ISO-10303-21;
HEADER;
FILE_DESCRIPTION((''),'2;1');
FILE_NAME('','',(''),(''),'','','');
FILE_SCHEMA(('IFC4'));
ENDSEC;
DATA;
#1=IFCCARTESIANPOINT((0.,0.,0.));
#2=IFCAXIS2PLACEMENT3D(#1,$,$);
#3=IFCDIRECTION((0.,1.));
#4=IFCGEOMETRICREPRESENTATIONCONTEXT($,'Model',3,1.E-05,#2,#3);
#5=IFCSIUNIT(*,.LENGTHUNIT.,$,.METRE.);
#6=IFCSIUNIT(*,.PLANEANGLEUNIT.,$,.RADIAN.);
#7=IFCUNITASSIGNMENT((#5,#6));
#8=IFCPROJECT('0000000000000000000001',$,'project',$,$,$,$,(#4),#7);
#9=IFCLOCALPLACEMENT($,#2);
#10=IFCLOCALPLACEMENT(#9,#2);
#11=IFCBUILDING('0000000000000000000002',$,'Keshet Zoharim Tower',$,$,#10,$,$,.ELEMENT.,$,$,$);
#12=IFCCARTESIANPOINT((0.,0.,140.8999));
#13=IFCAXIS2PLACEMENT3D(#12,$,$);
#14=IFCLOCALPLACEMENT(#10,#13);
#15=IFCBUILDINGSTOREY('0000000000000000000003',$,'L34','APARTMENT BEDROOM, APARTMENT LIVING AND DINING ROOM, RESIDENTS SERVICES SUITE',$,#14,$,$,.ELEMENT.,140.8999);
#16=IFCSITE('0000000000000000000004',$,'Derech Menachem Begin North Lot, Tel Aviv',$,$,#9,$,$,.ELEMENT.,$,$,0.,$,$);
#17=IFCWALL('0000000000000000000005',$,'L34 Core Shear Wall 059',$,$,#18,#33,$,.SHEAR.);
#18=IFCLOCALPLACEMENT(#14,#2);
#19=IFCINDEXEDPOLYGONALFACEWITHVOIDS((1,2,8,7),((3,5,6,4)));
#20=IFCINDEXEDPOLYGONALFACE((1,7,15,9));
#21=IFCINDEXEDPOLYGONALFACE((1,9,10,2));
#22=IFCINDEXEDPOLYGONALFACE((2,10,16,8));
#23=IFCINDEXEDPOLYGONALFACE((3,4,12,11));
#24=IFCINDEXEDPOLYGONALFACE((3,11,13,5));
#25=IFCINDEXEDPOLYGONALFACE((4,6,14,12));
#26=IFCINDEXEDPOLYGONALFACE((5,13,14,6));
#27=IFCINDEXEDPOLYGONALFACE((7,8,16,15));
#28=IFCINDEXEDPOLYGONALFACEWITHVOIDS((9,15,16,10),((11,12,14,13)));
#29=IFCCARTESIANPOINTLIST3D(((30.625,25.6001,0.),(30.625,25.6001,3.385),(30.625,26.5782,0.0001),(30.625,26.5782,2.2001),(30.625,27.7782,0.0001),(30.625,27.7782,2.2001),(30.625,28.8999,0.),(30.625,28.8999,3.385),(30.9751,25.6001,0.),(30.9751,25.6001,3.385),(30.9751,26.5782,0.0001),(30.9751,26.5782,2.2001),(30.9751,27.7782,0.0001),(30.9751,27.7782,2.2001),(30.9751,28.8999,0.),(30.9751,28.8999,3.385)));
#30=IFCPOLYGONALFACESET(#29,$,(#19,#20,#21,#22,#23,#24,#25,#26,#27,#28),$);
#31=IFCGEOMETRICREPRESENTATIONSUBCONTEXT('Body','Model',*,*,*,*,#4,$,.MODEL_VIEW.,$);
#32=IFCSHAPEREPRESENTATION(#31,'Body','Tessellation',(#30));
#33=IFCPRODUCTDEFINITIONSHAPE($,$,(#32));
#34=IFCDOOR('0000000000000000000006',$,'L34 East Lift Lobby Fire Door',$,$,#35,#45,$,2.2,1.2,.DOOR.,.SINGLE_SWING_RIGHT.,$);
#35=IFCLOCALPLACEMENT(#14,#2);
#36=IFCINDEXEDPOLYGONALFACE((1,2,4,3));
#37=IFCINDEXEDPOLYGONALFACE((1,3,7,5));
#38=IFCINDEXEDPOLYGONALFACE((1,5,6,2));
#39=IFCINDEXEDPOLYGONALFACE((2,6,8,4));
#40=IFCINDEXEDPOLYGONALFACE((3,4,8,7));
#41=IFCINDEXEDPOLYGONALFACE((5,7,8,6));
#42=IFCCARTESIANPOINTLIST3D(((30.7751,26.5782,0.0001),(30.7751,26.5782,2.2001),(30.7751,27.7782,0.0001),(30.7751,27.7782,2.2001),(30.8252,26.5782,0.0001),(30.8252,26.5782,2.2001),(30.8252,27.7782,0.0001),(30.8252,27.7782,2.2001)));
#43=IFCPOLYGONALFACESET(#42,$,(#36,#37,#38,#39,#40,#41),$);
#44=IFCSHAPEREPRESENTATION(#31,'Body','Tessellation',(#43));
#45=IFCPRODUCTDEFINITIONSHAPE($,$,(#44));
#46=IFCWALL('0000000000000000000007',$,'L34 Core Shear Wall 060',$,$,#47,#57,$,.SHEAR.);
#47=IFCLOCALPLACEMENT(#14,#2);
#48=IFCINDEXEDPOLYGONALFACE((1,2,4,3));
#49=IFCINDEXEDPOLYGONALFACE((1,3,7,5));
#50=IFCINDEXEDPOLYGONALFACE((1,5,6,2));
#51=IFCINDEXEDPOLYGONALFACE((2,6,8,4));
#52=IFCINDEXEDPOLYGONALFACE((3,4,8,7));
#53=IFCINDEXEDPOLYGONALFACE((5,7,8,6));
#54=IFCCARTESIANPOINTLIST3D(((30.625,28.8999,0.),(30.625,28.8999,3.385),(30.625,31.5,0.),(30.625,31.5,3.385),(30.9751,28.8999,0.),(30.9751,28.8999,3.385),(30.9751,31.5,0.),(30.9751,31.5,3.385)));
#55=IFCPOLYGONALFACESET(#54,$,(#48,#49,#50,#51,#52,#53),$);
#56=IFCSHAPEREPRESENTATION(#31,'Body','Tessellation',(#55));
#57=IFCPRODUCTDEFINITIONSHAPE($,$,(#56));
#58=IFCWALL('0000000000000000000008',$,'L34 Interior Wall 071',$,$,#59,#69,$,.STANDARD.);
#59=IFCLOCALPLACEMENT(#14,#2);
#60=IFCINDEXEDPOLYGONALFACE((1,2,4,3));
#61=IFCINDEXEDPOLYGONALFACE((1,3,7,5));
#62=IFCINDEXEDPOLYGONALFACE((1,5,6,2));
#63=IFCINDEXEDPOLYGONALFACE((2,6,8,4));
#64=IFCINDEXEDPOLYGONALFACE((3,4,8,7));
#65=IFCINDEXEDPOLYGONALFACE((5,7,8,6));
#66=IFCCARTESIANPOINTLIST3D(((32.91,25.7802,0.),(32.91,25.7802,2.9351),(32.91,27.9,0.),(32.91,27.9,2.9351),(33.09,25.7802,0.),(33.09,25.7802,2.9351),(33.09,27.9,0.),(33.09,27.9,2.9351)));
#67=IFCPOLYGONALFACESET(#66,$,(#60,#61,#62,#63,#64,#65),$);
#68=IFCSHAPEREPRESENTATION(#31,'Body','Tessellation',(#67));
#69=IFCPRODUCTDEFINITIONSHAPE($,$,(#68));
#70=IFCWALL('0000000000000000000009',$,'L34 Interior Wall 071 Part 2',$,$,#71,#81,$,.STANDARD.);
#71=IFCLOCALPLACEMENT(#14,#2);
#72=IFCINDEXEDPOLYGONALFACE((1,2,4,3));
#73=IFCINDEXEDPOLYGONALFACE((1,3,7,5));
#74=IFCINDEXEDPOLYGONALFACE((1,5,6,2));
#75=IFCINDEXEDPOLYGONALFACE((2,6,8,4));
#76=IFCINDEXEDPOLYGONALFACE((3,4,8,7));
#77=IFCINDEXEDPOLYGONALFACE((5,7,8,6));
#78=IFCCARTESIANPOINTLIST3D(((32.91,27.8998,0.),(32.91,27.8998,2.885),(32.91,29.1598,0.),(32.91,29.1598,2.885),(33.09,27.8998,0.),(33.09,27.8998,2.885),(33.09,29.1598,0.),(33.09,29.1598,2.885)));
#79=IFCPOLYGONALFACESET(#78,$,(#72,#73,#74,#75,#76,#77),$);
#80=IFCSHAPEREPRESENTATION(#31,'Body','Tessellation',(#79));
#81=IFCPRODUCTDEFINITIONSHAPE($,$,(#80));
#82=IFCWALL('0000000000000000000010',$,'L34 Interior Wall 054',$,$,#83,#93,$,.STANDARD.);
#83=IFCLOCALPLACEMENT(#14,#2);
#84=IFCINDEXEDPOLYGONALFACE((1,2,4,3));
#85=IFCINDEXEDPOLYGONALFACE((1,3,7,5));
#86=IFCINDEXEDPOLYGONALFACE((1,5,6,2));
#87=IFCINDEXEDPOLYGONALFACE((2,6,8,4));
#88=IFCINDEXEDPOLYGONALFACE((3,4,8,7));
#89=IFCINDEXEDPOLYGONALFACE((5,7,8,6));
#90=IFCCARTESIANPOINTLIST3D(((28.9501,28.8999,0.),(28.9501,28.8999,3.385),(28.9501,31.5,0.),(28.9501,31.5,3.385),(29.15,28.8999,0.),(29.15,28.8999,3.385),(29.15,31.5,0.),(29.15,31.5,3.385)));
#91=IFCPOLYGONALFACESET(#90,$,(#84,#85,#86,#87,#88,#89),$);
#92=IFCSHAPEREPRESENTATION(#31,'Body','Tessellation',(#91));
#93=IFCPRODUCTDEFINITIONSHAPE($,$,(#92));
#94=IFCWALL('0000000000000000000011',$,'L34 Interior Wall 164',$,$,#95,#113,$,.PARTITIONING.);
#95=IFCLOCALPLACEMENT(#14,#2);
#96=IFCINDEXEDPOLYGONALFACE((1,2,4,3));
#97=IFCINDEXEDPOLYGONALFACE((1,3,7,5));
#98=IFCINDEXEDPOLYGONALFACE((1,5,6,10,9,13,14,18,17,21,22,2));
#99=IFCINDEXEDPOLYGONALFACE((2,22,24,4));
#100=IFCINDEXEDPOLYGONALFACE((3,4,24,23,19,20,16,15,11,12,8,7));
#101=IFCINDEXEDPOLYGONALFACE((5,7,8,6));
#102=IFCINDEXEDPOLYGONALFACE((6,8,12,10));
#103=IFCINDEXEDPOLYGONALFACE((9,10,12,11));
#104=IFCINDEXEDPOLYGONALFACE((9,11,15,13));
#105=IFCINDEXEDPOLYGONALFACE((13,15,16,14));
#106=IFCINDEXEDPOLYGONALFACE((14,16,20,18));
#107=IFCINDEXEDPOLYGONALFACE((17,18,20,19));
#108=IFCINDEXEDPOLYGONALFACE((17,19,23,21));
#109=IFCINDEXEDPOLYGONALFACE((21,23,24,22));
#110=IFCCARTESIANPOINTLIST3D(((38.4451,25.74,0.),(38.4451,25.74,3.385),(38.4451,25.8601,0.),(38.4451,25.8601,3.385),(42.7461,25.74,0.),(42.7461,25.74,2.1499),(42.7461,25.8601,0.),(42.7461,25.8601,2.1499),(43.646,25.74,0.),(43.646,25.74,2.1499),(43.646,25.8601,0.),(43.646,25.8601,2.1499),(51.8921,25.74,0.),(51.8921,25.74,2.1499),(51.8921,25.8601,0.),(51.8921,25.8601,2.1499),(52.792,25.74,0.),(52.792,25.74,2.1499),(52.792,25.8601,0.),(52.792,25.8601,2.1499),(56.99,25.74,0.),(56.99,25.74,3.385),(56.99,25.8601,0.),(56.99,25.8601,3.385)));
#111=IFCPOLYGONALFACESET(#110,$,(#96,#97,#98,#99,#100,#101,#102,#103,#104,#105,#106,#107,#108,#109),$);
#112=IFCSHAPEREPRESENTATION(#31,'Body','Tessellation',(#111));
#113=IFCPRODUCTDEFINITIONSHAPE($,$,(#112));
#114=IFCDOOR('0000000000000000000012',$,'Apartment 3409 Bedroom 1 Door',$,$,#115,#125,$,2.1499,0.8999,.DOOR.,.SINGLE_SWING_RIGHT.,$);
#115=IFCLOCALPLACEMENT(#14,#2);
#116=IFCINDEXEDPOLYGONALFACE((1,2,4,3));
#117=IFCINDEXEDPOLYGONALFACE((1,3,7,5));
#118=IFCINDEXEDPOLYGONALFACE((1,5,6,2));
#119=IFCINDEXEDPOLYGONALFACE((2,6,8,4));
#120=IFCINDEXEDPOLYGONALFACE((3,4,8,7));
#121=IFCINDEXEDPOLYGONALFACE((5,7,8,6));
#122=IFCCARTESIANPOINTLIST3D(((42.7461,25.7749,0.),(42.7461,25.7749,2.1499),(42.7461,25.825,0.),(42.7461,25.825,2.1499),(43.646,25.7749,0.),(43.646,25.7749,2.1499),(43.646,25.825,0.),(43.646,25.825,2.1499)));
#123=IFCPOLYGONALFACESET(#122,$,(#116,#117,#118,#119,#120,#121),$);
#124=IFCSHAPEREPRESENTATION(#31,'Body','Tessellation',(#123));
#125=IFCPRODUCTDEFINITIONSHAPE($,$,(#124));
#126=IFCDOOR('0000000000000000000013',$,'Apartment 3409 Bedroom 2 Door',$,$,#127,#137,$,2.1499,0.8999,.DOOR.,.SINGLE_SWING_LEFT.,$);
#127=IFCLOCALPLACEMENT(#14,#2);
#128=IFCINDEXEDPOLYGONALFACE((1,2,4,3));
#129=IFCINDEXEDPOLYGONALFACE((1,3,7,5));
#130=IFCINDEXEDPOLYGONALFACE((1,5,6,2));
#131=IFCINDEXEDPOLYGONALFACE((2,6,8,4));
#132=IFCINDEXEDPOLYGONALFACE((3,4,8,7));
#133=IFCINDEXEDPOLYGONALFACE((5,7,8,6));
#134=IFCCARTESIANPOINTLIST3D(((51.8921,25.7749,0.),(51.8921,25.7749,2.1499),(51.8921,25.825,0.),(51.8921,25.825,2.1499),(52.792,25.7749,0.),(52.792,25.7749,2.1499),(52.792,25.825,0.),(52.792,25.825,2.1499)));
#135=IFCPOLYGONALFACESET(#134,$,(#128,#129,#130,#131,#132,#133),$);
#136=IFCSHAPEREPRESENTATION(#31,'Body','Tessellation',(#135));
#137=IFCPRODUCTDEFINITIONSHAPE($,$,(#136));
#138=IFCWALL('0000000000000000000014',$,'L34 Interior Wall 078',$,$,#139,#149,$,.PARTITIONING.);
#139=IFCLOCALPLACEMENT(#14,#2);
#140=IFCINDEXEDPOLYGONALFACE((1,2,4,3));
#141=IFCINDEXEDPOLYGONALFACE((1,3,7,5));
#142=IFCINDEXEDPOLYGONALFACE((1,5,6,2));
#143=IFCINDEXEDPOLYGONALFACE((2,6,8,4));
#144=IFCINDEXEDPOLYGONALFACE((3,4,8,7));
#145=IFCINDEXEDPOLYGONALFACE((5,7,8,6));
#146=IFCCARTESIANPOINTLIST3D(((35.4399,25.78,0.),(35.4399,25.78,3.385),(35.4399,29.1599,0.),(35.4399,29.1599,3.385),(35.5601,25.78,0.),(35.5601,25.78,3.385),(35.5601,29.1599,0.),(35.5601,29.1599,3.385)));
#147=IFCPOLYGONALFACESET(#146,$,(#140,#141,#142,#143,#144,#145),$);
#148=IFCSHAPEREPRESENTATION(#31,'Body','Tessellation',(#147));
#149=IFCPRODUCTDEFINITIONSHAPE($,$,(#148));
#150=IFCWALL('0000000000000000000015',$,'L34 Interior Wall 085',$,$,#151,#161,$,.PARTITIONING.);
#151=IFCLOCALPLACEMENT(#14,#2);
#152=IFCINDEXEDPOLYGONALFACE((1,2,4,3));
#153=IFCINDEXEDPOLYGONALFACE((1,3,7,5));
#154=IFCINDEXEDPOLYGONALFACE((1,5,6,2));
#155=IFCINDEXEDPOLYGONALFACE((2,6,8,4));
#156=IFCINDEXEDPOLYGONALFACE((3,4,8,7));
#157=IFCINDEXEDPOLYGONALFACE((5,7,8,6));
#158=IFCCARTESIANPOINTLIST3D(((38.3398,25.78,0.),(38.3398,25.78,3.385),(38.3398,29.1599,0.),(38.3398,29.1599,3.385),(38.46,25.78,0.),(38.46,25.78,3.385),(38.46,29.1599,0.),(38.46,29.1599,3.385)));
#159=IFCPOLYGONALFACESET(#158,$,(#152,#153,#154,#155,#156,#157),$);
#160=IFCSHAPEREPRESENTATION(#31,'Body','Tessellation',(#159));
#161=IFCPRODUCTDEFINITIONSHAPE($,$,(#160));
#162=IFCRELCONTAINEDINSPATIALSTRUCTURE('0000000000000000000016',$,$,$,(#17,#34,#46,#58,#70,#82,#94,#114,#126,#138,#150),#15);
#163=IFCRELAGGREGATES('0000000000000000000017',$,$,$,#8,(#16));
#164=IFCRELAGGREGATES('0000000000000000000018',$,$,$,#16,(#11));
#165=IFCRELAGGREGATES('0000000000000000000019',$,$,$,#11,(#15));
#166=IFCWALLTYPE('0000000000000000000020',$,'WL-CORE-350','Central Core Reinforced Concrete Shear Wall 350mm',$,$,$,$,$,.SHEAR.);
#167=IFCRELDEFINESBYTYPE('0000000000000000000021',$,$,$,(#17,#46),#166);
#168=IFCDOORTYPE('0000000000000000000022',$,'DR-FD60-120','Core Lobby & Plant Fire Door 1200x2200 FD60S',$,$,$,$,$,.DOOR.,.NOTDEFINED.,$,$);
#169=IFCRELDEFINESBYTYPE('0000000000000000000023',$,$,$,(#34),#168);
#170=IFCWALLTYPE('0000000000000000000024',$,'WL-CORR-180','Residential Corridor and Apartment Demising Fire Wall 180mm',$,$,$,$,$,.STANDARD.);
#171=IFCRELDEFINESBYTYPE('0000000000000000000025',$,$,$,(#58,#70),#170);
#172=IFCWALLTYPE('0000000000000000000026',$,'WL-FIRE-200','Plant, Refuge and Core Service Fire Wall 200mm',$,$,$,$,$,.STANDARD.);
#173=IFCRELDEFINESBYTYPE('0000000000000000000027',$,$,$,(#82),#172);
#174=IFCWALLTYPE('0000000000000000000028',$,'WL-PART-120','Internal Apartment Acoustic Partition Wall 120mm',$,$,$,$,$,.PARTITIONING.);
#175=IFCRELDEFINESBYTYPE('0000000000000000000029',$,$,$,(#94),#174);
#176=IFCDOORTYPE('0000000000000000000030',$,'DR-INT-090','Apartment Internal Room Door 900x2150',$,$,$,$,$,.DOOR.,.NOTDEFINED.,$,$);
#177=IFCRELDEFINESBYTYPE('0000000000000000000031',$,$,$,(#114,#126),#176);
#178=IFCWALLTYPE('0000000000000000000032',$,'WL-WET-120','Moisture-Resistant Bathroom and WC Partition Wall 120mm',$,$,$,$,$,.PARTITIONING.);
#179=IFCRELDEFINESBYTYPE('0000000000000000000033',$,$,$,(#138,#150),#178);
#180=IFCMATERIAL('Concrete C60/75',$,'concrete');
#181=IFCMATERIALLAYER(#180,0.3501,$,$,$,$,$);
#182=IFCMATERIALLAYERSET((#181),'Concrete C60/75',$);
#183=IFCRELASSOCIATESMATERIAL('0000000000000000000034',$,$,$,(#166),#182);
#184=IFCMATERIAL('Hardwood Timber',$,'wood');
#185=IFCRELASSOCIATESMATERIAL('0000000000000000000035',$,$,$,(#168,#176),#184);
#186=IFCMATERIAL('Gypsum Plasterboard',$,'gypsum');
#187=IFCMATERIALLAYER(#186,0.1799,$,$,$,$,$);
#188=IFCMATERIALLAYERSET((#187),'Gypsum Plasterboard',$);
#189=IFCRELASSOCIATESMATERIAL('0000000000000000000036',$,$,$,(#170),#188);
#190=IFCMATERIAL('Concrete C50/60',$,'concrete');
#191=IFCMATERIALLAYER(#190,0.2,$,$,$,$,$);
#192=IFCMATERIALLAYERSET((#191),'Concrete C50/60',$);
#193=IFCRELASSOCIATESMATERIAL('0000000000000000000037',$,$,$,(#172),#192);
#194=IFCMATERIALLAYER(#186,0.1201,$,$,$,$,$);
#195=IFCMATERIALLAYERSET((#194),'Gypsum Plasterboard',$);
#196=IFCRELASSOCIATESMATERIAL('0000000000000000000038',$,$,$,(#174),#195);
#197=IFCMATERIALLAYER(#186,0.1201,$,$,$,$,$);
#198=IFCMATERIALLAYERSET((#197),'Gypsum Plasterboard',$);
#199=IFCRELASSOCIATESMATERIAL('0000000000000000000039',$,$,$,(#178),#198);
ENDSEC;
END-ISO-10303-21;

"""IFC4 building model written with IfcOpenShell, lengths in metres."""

from ifc_helpers import new_model, si_unit, direction, frame, frame_2d, origin, place, context, subcontext, project, spatial, rectangle, extrude, material, layer, layer_set, type_object, element, fill, save


model = new_model("IFC4")

# Units and contexts
model_context = context("Model", 3, precision=1e-05, world=origin(), true_north=direction((0.0, 1.0)))
body_context = subcontext(model_context, "Body", "Model", "MODEL_VIEW")
ifc_project = project(units=[si_unit("LENGTHUNIT", "METRE"), si_unit("PLANEANGLEUNIT", "RADIAN")], contexts=[model_context])

# Site, building, storey
site_placement = place(None, origin())
site = spatial("IfcSite", under=ifc_project, at=site_placement, Name="Derech Menachem Begin North Lot, Tel Aviv", CompositionType="ELEMENT", RefElevation=0.0)
building_placement = place(site_placement, origin())
building = spatial("IfcBuilding", under=site, at=building_placement, Name="Keshet Zoharim Tower", CompositionType="ELEMENT")
storey_placement = place(building_placement, frame((0.0, 0.0, 140.8999)))
storey = spatial("IfcBuildingStorey", under=building, at=storey_placement, Name="L34", Description="APARTMENT BEDROOM, APARTMENT LIVING AND DINING ROOM, RESIDENTS SERVICES SUITE", CompositionType="ELEMENT", Elevation=140.8999)

# Shared definitions
ifc_material_1 = material(Name="Concrete C60/75", Category="concrete")

# Wall, opening, door
ifc_layer_1 = layer(ifc_material_1, 0.3501)
ifc_layer_set_1 = layer_set([ifc_layer_1], Name="Concrete C60/75")
wall_type_1 = type_object("IfcWallType", Name="WL-CORE-350", Description="Central Core Reinforced Concrete Shear Wall 350mm", PredefinedType="SHEAR", material=ifc_layer_set_1)
wall_1_placement = place(storey_placement, frame((30.8, 25.6001, 0.0), z_axis=(0.0, 0.0, 1.0), x_axis=(0.0, 1.0, 0.0)))
wall_1 = element("IfcWall", 1, at=wall_1_placement, inside=storey, type_object=wall_type_1, Name="L34 Core Shear Wall 059", PredefinedType="SHEAR", context=body_context, shape_type="SweptSolid", body=[
    extrude(rectangle(XDim=3.2998, YDim=0.3501, at=frame_2d((1.6499, 0.0))), origin(), (0.0, 0.0, 1.0), 3.385),
])
opening_1_placement = place(wall_1_placement, frame((0.978, 0.0, 0.0)))
opening_1 = element("IfcOpeningElement", 2, at=opening_1_placement, cuts=wall_1, PredefinedType="OPENING", context=body_context, shape_type="SweptSolid", body=[
    extrude(rectangle(XDim=1.2, YDim=2.2, at=frame_2d((0.6001, 1.1001))), frame((0.0, 0.1851, 0.0), z_axis=(0.0, -1.0, 0.0), x_axis=(1.0, 0.0, 0.0)), (0.0, 0.0, 1.0), 0.3701),
])
ifc_material_2 = material(Name="Hardwood Timber", Category="wood")
door_type_1 = type_object("IfcDoorType", Name="DR-FD60-120", Description="Core Lobby & Plant Fire Door 1200x2200 FD60S", OperationType="NOTDEFINED", PredefinedType="DOOR", material=ifc_material_2)
door_1_placement = place(opening_1_placement, origin())
door_1 = element("IfcDoor", 3, at=door_1_placement, inside=storey, type_object=door_type_1, Name="L34 East Lift Lobby Fire Door", OperationType="SINGLE_SWING_RIGHT", OverallHeight=2.2, OverallWidth=1.2, PredefinedType="DOOR", context=body_context, shape_type="SweptSolid", body=[
    extrude(rectangle(XDim=1.2, YDim=2.2, at=frame_2d((0.6001, 1.1001))), frame((0.0, 0.0249, 0.0), z_axis=(0.0, -1.0, 0.0), x_axis=(1.0, 0.0, 0.0)), (0.0, 0.0, 1.0), 0.05),
])
fill(opening_1, door_1)

# Wall
wall_2_placement = place(storey_placement, frame((30.8, 28.8999, 0.0), z_axis=(0.0, 0.0, 1.0), x_axis=(0.0, 1.0, 0.0)))
element("IfcWall", 4, at=wall_2_placement, inside=storey, type_object=wall_type_1, Name="L34 Core Shear Wall 060", PredefinedType="SHEAR", context=body_context, shape_type="SweptSolid", body=[
    extrude(rectangle(XDim=2.6001, YDim=0.3501, at=frame_2d((1.3, 0.0))), origin(), (0.0, 0.0, 1.0), 3.385),
])

# Shared definitions
ifc_material_3 = material(Name="Gypsum Plasterboard", Category="gypsum")
ifc_layer_2 = layer(ifc_material_3, 0.1799)
ifc_layer_set_2 = layer_set([ifc_layer_2], Name="Gypsum Plasterboard")
wall_type_2 = type_object("IfcWallType", Name="WL-CORR-180", Description="Residential Corridor and Apartment Demising Fire Wall 180mm", PredefinedType="STANDARD", material=ifc_layer_set_2)

# Walls
wall_3_placement = place(storey_placement, frame((33.0, 25.78, 0.0), z_axis=(0.0, 0.0, 1.0), x_axis=(0.0, 1.0, 0.0)))
element("IfcWall", 5, at=wall_3_placement, inside=storey, type_object=wall_type_2, Name="L34 Interior Wall 071", PredefinedType="STANDARD", context=body_context, shape_type="SweptSolid", body=[
    extrude(rectangle(XDim=2.1199, YDim=0.1799, at=frame_2d((1.0601, 0.0))), origin(), (0.0, 0.0, 1.0), 2.9351),
])
wall_4_placement = place(storey_placement, frame((33.0, 27.8999, 0.0), z_axis=(0.0, 0.0, 1.0), x_axis=(0.0, 1.0, 0.0)))
element("IfcWall", 6, at=wall_4_placement, inside=storey, type_object=wall_type_2, Name="L34 Interior Wall 071 Part 2", PredefinedType="STANDARD", context=body_context, shape_type="SweptSolid", body=[
    extrude(rectangle(XDim=1.26, YDim=0.1799, at=frame_2d((0.6299, 0.0))), origin(), (0.0, 0.0, 1.0), 2.885),
])
ifc_material_4 = material(Name="Concrete C50/60", Category="concrete")
ifc_layer_3 = layer(ifc_material_4, 0.2)
ifc_layer_set_3 = layer_set([ifc_layer_3], Name="Concrete C50/60")
wall_type_3 = type_object("IfcWallType", Name="WL-FIRE-200", Description="Plant, Refuge and Core Service Fire Wall 200mm", PredefinedType="STANDARD", material=ifc_layer_set_3)
wall_5_placement = place(storey_placement, frame((29.05, 28.8999, 0.0), z_axis=(0.0, 0.0, 1.0), x_axis=(0.0, 1.0, 0.0)))
element("IfcWall", 7, at=wall_5_placement, inside=storey, type_object=wall_type_3, Name="L34 Interior Wall 054", PredefinedType="STANDARD", context=body_context, shape_type="SweptSolid", body=[
    extrude(rectangle(XDim=2.6001, YDim=0.2, at=frame_2d((1.3, 0.0))), origin(), (0.0, 0.0, 1.0), 3.385),
])

# Shared definitions
ifc_layer_4 = layer(ifc_material_3, 0.1201)
ifc_layer_set_4 = layer_set([ifc_layer_4], Name="Gypsum Plasterboard")
wall_type_4 = type_object("IfcWallType", Name="WL-PART-120", Description="Internal Apartment Acoustic Partition Wall 120mm", PredefinedType="PARTITIONING", material=ifc_layer_set_4)
door_type_2 = type_object("IfcDoorType", Name="DR-INT-090", Description="Apartment Internal Room Door 900x2150", OperationType="NOTDEFINED", PredefinedType="DOOR", material=ifc_material_2)

# Wall, openings, doors
wall_6_placement = place(storey_placement, frame((38.4451, 25.8, 0.0), z_axis=(0.0, 0.0, 1.0), x_axis=(1.0, 0.0, 0.0)))
wall_6 = element("IfcWall", 8, at=wall_6_placement, inside=storey, type_object=wall_type_4, Name="L34 Interior Wall 164", PredefinedType="PARTITIONING", context=body_context, shape_type="SweptSolid", body=[
    extrude(rectangle(XDim=18.5449, YDim=0.1201, at=frame_2d((9.2725, 0.0))), origin(), (0.0, 0.0, 1.0), 3.385),
])
opening_2_placement = place(wall_6_placement, frame((4.301, 0.0, 0.0)))
opening_2 = element("IfcOpeningElement", 9, at=opening_2_placement, cuts=wall_6, PredefinedType="OPENING", context=body_context, shape_type="SweptSolid", body=[
    extrude(rectangle(XDim=0.8999, YDim=2.1499, at=frame_2d((0.45, 1.075))), frame((0.0, 0.0701, 0.0), z_axis=(0.0, -1.0, 0.0), x_axis=(1.0, 0.0, 0.0)), (0.0, 0.0, 1.0), 0.1401),
])
opening_3_placement = place(wall_6_placement, frame((13.447, 0.0, 0.0)))
opening_3 = element("IfcOpeningElement", 10, at=opening_3_placement, cuts=wall_6, PredefinedType="OPENING", context=body_context, shape_type="SweptSolid", body=[
    extrude(rectangle(XDim=0.8999, YDim=2.1499, at=frame_2d((0.45, 1.075))), frame((0.0, 0.0701, 0.0), z_axis=(0.0, -1.0, 0.0), x_axis=(1.0, 0.0, 0.0)), (0.0, 0.0, 1.0), 0.1401),
])
door_2_placement = place(opening_2_placement, origin())
door_2 = element("IfcDoor", 11, at=door_2_placement, inside=storey, type_object=door_type_2, Name="Apartment 3409 Bedroom 1 Door", OperationType="SINGLE_SWING_RIGHT", OverallHeight=2.1499, OverallWidth=0.8999, PredefinedType="DOOR", context=body_context, shape_type="SweptSolid", body=[
    extrude(rectangle(XDim=0.8999, YDim=2.1499, at=frame_2d((0.45, 1.075))), frame((0.0, 0.0249, 0.0), z_axis=(0.0, -1.0, 0.0), x_axis=(1.0, 0.0, 0.0)), (0.0, 0.0, 1.0), 0.05),
])
fill(opening_2, door_2)
door_3_placement = place(opening_3_placement, origin())
door_3 = element("IfcDoor", 12, at=door_3_placement, inside=storey, type_object=door_type_2, Name="Apartment 3409 Bedroom 2 Door", OperationType="SINGLE_SWING_LEFT", OverallHeight=2.1499, OverallWidth=0.8999, PredefinedType="DOOR", context=body_context, shape_type="SweptSolid", body=[
    extrude(rectangle(XDim=0.8999, YDim=2.1499, at=frame_2d((0.45, 1.075))), frame((0.0, 0.0249, 0.0), z_axis=(0.0, -1.0, 0.0), x_axis=(1.0, 0.0, 0.0)), (0.0, 0.0, 1.0), 0.05),
])
fill(opening_3, door_3)

# Walls
ifc_layer_5 = layer(ifc_material_3, 0.1201)
ifc_layer_set_5 = layer_set([ifc_layer_5], Name="Gypsum Plasterboard")
wall_type_5 = type_object("IfcWallType", Name="WL-WET-120", Description="Moisture-Resistant Bathroom and WC Partition Wall 120mm", PredefinedType="PARTITIONING", material=ifc_layer_set_5)
for number, where, z_axis, x_axis, name in (
    (13, (35.5, 25.78, 0.0), (0.0, 0.0, 1.0), (0.0, 1.0, 0.0), "L34 Interior Wall 078"),
    (14, (38.3999, 25.78, 0.0), (0.0, 0.0, 1.0), (0.0, 1.0, 0.0), "L34 Interior Wall 085"),
):
    element("IfcWall", number, at=place(storey_placement, frame(where, z_axis=z_axis, x_axis=x_axis)), inside=storey, type_object=wall_type_5, Name=name, PredefinedType="PARTITIONING", context=body_context, shape_type="SweptSolid", body=[
        extrude(rectangle(XDim=3.3799, YDim=0.1201, at=frame_2d((1.6899, 0.0))), origin(), (0.0, 0.0, 1.0), 3.385),
    ])

save(model, "model.ifc")
